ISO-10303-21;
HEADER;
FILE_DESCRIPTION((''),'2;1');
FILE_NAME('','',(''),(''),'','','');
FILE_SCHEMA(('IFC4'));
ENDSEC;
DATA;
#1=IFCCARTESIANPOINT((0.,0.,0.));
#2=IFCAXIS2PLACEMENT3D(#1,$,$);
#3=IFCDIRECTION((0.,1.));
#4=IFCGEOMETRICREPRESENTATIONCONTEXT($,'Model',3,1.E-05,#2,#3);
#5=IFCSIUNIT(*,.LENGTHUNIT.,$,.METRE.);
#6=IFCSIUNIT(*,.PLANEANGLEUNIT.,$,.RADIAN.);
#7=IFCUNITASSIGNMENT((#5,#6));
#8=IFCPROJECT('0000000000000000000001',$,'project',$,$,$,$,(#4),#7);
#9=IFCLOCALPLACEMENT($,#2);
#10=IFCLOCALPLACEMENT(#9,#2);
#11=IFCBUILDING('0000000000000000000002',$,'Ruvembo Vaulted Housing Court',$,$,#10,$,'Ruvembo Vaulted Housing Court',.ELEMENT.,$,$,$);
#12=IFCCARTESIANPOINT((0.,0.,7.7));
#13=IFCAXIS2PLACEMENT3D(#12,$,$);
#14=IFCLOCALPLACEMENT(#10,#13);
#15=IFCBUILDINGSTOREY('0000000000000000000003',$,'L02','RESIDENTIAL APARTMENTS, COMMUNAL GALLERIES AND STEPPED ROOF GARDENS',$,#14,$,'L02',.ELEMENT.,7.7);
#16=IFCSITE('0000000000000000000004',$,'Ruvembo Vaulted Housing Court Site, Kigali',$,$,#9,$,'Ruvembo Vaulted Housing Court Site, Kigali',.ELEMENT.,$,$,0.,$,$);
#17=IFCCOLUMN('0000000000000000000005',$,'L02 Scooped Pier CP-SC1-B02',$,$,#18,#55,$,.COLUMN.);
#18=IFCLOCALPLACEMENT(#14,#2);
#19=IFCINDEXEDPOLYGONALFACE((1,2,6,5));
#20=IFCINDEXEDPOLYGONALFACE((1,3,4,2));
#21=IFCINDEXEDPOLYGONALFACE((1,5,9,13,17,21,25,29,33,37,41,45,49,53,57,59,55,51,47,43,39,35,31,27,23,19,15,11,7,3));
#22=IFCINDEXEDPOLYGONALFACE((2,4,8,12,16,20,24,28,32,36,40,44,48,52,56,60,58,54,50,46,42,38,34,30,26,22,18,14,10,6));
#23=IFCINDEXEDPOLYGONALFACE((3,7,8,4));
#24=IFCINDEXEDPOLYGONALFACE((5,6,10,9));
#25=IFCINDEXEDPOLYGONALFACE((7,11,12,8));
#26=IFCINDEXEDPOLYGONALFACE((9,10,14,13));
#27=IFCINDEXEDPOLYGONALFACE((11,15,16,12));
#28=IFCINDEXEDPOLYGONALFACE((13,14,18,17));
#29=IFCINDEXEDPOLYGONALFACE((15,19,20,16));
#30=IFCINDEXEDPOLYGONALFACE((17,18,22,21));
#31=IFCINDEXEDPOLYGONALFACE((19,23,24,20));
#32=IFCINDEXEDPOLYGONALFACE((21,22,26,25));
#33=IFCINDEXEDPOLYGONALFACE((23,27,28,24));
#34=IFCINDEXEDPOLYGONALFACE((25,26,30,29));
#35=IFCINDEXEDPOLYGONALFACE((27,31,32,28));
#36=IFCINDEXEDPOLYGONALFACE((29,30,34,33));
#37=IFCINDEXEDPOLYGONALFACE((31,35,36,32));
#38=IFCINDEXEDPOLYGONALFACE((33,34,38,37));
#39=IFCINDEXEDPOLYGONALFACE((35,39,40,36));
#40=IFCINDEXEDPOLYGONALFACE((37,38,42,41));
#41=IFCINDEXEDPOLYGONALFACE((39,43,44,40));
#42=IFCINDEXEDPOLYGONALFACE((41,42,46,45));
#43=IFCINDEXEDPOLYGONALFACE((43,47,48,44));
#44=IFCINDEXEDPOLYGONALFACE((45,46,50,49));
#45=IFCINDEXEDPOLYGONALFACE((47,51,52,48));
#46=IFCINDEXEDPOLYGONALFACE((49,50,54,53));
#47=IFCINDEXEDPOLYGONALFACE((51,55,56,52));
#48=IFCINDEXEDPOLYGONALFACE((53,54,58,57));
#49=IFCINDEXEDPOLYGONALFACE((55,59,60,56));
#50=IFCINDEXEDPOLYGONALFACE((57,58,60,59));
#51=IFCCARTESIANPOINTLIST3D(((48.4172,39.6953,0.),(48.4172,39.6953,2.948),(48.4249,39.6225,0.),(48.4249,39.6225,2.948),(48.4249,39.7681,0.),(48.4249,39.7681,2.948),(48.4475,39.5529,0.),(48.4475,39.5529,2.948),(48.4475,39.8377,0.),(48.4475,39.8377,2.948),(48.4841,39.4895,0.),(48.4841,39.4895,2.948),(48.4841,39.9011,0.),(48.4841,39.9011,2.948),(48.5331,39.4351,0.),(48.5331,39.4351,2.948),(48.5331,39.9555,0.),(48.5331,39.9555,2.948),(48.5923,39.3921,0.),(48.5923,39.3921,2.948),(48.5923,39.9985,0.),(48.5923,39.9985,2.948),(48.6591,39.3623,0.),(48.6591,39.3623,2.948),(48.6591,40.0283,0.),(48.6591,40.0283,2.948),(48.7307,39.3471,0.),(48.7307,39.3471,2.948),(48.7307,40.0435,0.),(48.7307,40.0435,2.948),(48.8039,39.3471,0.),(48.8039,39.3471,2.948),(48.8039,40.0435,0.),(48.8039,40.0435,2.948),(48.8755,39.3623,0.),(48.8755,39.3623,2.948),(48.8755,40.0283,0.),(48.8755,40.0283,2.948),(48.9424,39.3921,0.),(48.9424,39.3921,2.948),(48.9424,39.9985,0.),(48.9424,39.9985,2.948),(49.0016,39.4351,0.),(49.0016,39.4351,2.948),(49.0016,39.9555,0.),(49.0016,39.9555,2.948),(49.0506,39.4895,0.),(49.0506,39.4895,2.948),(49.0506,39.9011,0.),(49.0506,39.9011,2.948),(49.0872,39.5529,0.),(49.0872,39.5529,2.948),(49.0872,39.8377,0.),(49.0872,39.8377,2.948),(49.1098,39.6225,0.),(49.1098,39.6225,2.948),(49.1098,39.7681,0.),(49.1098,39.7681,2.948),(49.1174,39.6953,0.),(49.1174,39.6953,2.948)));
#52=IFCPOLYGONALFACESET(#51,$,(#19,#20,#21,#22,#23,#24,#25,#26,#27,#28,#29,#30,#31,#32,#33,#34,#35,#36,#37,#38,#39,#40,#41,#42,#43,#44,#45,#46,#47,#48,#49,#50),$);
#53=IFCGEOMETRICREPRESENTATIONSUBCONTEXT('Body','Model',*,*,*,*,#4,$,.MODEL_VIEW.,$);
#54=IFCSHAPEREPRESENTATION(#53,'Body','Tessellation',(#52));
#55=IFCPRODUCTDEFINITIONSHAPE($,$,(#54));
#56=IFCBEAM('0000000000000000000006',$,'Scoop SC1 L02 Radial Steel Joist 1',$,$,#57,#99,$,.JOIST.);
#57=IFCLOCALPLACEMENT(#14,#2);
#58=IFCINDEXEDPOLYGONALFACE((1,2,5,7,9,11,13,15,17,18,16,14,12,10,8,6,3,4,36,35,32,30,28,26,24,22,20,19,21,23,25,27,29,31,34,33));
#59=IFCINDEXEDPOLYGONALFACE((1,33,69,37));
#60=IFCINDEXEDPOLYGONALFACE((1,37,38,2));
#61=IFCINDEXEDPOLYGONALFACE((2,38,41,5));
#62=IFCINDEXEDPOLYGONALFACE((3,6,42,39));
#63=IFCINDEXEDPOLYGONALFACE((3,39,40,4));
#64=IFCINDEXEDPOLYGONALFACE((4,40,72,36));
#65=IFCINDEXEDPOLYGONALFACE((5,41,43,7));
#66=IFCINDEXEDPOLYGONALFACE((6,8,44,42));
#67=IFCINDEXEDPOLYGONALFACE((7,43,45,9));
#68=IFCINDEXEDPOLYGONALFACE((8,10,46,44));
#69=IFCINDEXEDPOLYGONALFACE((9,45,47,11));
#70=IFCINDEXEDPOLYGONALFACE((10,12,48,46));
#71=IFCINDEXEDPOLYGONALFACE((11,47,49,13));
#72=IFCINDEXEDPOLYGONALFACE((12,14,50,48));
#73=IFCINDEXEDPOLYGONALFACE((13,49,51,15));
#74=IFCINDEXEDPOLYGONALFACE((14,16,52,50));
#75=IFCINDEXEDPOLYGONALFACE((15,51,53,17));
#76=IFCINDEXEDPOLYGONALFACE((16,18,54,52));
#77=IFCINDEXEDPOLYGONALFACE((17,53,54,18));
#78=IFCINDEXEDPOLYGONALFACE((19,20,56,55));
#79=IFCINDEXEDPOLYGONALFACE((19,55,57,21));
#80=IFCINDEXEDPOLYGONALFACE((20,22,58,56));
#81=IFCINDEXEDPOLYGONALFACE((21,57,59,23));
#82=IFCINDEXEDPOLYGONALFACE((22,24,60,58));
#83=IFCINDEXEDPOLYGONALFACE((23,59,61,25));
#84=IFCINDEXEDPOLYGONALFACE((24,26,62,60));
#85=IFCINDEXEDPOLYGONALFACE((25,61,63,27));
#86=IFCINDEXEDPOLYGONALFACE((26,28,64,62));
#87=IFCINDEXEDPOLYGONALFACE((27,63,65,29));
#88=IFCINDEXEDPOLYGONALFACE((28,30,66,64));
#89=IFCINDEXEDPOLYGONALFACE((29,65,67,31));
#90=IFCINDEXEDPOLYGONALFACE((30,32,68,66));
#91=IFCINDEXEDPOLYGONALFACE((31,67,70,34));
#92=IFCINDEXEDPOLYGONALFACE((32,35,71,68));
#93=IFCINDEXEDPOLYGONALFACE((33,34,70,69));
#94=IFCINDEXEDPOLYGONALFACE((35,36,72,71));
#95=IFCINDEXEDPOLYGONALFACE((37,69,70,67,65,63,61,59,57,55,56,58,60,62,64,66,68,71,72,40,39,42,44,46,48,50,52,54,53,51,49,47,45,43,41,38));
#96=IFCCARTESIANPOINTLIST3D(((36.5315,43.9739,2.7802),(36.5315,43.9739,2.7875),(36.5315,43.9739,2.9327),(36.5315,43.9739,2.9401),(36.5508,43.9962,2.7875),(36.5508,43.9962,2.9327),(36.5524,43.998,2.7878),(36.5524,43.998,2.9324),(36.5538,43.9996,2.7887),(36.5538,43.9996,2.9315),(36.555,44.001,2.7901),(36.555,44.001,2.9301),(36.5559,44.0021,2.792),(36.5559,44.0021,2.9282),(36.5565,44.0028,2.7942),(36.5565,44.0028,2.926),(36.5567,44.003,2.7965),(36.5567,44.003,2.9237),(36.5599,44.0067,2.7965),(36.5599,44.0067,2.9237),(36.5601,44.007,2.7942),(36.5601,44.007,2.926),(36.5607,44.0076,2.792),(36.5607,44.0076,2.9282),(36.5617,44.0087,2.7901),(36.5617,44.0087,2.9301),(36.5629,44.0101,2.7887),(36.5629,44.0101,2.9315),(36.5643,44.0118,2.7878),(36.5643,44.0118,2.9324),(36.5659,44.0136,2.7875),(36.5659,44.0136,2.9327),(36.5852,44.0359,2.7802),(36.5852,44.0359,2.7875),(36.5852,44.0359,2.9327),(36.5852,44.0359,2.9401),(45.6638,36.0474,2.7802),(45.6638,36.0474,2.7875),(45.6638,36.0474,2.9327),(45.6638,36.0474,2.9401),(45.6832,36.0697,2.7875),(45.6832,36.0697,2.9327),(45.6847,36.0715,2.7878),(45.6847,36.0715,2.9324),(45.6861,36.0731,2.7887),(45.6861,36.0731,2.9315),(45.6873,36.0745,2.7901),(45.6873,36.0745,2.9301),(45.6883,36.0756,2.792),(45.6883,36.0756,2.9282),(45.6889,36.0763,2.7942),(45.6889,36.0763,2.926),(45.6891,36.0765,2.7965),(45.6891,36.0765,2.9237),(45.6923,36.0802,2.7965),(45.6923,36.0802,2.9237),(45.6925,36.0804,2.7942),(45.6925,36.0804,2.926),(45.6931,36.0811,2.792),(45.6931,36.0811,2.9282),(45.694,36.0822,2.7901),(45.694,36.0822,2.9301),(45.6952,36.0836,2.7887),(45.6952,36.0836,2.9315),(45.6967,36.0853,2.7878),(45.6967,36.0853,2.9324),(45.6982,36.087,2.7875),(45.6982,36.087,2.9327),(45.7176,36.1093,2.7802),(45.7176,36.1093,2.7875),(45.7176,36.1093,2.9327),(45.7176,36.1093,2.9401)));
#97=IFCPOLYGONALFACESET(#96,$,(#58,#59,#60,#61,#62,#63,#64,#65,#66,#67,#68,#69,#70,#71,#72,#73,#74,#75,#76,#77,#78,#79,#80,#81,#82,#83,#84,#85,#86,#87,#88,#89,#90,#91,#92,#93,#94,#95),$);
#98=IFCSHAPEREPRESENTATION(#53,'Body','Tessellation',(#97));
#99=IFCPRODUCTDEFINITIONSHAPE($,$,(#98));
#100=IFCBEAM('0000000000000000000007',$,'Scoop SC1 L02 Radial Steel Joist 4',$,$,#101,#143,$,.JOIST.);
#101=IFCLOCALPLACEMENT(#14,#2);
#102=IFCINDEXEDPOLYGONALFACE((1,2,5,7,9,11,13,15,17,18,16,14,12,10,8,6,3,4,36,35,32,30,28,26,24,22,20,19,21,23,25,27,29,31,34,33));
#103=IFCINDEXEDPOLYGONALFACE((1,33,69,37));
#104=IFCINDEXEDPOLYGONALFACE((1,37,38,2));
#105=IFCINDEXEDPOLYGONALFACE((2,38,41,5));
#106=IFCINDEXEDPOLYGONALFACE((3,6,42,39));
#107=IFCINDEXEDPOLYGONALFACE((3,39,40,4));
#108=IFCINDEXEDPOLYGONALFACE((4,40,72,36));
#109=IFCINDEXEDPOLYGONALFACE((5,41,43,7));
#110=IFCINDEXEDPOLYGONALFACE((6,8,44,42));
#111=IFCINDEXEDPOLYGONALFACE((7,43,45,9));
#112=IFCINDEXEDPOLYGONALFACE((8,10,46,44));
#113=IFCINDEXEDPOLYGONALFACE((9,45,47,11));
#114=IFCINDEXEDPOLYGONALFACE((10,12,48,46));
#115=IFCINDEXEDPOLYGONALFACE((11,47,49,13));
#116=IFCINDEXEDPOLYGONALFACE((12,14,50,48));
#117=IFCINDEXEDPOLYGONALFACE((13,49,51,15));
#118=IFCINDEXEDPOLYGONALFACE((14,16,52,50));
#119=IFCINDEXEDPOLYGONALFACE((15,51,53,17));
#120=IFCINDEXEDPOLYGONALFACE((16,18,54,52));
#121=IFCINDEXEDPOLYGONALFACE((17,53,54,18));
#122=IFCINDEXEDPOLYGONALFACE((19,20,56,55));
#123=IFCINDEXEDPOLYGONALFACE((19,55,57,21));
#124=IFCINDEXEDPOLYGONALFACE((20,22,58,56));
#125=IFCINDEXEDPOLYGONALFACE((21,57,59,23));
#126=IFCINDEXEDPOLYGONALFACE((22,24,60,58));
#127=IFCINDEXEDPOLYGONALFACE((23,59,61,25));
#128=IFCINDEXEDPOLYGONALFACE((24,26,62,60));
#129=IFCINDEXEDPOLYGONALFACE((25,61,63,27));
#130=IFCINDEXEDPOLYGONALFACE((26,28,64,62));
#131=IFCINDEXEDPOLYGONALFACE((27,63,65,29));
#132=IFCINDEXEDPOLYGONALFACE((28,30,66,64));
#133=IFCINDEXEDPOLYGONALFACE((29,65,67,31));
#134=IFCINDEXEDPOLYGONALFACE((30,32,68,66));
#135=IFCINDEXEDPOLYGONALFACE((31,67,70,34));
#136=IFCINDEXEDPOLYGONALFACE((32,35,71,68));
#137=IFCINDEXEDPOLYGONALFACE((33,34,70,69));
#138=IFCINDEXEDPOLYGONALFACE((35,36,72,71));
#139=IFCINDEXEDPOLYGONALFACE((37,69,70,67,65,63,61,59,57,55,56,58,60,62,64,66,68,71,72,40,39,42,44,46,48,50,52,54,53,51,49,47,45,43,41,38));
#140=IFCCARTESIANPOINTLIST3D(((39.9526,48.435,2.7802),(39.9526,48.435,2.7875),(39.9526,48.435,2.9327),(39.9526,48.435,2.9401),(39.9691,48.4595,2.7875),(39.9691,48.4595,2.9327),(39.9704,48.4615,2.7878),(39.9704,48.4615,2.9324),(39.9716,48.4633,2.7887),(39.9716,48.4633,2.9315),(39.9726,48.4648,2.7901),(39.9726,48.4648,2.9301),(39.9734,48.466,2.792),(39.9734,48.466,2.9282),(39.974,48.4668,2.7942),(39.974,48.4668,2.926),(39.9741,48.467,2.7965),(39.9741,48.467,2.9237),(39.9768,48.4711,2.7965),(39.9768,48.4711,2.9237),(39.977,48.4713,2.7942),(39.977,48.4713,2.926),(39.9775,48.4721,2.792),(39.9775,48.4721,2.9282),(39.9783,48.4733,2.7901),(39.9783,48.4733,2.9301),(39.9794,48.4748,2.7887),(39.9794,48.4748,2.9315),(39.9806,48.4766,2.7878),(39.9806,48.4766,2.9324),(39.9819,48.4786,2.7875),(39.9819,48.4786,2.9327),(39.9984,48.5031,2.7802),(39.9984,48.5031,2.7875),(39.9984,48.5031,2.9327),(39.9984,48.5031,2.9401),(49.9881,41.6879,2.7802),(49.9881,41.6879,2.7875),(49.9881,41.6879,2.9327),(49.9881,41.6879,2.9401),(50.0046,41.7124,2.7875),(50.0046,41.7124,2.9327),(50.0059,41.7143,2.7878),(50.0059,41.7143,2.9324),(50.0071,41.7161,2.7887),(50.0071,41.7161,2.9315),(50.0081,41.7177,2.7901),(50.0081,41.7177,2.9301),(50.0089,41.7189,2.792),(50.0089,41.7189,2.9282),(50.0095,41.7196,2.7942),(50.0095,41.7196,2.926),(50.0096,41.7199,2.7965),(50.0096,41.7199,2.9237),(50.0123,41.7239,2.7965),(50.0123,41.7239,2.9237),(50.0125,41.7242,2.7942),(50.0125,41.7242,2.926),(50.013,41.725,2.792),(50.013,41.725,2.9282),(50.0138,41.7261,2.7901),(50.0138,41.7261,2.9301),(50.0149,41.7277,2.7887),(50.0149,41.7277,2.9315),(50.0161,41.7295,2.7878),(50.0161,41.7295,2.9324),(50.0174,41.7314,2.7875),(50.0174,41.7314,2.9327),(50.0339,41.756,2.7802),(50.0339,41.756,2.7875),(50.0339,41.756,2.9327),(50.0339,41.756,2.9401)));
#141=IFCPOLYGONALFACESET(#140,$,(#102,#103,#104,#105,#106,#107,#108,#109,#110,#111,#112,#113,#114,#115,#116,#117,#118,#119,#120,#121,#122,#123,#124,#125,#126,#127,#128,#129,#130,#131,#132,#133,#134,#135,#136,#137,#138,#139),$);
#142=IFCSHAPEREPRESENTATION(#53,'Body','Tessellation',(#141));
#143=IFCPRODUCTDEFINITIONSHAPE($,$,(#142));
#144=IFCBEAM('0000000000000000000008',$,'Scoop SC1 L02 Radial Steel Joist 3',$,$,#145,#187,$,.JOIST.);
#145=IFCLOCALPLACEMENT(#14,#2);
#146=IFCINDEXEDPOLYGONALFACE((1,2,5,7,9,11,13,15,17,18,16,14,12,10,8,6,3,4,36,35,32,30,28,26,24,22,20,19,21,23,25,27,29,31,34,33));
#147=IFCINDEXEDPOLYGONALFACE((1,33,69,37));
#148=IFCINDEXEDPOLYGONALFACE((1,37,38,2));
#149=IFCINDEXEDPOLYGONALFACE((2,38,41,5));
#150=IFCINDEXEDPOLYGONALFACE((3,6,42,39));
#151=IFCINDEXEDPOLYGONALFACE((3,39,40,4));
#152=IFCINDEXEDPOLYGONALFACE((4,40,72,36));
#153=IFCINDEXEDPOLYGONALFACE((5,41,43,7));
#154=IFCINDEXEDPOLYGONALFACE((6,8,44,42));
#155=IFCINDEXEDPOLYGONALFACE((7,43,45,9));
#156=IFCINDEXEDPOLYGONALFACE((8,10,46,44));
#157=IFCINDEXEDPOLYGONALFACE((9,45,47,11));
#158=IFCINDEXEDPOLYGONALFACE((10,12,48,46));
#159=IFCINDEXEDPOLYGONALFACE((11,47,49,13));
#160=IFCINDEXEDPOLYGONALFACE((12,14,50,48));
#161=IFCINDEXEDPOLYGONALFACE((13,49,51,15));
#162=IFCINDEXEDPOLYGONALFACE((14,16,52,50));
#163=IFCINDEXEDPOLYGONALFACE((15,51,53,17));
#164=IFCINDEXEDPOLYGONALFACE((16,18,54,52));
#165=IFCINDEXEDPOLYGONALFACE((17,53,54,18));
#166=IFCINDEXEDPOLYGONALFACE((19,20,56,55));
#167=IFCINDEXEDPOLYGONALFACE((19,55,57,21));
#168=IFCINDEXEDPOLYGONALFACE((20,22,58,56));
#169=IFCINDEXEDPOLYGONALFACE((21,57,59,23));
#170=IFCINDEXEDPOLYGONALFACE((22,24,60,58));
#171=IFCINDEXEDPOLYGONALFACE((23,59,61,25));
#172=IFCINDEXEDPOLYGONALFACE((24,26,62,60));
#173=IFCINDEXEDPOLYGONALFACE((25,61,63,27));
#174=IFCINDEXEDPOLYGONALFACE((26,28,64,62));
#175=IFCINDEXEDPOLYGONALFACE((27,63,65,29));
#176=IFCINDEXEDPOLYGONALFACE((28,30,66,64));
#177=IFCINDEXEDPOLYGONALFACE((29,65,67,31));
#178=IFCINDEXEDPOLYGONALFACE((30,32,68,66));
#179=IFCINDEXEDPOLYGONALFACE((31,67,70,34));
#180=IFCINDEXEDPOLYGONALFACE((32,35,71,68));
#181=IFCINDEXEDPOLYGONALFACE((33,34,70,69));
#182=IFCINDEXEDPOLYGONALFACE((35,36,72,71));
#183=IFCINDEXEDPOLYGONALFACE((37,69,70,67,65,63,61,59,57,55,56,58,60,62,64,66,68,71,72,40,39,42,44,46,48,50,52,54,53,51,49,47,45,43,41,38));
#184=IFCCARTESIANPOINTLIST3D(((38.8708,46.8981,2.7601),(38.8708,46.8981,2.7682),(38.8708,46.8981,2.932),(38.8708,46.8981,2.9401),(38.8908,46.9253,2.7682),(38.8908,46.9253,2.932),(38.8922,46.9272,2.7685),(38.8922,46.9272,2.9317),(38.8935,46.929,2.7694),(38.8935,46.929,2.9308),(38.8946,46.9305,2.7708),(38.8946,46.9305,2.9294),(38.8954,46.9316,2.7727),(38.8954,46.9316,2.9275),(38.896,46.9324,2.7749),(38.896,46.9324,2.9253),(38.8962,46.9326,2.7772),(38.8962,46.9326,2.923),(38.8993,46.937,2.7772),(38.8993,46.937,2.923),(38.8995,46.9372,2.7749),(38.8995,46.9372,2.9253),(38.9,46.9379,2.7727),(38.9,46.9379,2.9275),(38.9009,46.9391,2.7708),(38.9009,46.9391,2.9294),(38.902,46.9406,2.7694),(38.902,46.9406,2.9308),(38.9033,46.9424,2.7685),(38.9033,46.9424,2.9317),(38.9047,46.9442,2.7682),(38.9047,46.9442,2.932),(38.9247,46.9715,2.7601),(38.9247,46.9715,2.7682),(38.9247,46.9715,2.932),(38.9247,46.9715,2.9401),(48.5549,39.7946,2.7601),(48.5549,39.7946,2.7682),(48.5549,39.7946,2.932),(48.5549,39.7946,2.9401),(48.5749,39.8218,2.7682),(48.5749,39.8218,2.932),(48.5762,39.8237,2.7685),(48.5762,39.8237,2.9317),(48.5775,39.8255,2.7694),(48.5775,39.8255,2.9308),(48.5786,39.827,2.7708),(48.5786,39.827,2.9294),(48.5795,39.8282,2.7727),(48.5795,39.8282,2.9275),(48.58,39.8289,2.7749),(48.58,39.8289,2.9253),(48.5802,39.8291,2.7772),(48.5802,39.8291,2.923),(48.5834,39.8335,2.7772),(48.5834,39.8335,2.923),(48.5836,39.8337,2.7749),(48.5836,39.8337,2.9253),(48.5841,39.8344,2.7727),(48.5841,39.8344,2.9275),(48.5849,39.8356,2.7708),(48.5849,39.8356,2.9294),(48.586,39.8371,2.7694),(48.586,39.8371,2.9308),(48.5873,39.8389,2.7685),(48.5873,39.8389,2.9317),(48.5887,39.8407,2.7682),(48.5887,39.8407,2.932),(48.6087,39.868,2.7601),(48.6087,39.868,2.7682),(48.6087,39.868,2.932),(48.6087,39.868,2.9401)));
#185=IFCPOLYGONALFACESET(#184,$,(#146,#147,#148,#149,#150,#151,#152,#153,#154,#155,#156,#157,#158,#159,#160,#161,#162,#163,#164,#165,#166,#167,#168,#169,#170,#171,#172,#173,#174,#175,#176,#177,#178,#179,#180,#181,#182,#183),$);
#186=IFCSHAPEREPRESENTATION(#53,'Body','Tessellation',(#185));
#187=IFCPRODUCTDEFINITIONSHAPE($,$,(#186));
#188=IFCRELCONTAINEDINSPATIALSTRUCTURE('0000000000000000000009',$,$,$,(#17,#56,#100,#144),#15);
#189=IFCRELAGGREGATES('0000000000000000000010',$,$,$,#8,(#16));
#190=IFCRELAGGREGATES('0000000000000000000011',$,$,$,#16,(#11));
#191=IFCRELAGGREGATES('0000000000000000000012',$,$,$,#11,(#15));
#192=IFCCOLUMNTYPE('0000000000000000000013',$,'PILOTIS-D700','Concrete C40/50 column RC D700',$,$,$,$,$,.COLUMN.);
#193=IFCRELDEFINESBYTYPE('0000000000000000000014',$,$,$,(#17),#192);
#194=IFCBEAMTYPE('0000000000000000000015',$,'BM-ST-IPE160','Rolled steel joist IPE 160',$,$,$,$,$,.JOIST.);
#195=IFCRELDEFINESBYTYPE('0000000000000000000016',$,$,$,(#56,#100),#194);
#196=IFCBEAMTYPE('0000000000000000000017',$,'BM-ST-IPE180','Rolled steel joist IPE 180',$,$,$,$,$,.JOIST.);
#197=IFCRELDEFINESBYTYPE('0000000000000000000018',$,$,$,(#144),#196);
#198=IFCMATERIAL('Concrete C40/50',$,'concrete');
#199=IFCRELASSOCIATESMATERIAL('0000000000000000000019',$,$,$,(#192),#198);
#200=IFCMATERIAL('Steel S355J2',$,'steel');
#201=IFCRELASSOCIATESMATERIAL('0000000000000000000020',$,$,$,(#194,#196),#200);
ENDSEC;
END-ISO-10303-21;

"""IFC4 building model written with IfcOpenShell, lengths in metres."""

from ifc_helpers import new_model, si_unit, direction, frame, origin, origin_2d, place, context, subcontext, project, spatial, circle, i_section, extrude, material, material_profile, profile_set, type_object, element, save


model = new_model("IFC4")

# Units and contexts
model_context = context("Model", 3, precision=1e-05, world=origin(), true_north=direction((0.0, 1.0)))
body_context = subcontext(model_context, "Body", "Model", "MODEL_VIEW")
ifc_project = project(units=[si_unit("LENGTHUNIT", "METRE"), si_unit("PLANEANGLEUNIT", "RADIAN")], contexts=[model_context])

# Site, building, storey
site_placement = place(None, origin())
site = spatial("IfcSite", under=ifc_project, at=site_placement, Name="Ruvembo Vaulted Housing Court Site, Kigali", LongName="Ruvembo Vaulted Housing Court Site, Kigali", CompositionType="ELEMENT", RefElevation=0.0)
building_placement = place(site_placement, origin())
building = spatial("IfcBuilding", under=site, at=building_placement, Name="Ruvembo Vaulted Housing Court", LongName="Ruvembo Vaulted Housing Court", CompositionType="ELEMENT")
storey_placement = place(building_placement, frame((0.0, 0.0, 7.7)))
storey = spatial("IfcBuildingStorey", under=building, at=storey_placement, Name="L02", Description="RESIDENTIAL APARTMENTS, COMMUNAL GALLERIES AND STEPPED ROOF GARDENS", LongName="L02", CompositionType="ELEMENT", Elevation=7.7)

# Column
ifc_material_1 = material(Name="Concrete C40/50", Category="concrete")
ifc_material_profile_1 = material_profile(ifc_material_1, circle(Radius=0.3501, at=origin_2d()), Name="RC D700")
ifc_profile_set_1 = profile_set([ifc_material_profile_1], Name="Concrete C40/50")
column_type = type_object("IfcColumnType", Name="PILOTIS-D700", Description="Concrete C40/50 column RC D700", PredefinedType="COLUMN", material=ifc_profile_set_1)
column_placement = place(storey_placement, frame((48.7673, 39.6953, 0.0), z_axis=(0.0, 0.0, 1.0), x_axis=(1.0, 0.0, 0.0)))
element("IfcColumn", 1, at=column_placement, inside=storey, type_object=column_type, Name="L02 Scooped Pier CP-SC1-B02", PredefinedType="COLUMN", context=body_context, shape_type="SweptSolid", body=[
    extrude(circle(Radius=0.3501, at=origin_2d()), origin(), (0.0, 0.0, 1.0), 2.948),
])

# Beams
ifc_material_2 = material(Name="Steel S355J2", Category="steel")
ifc_material_profile_2 = material_profile(ifc_material_2, i_section(OverallWidth=0.082, OverallDepth=0.1599, WebThickness=0.0049, FlangeThickness=0.0073, FilletRadius=0.009, at=origin_2d()), Name="IPE 160")
ifc_profile_set_2 = profile_set([ifc_material_profile_2], Name="Steel S355J2")
beam_type_1 = type_object("IfcBeamType", Name="BM-ST-IPE160", Description="Rolled steel joist IPE 160", PredefinedType="JOIST", material=ifc_profile_set_2)
beam_1_placement = place(storey_placement, frame((45.6907, 36.0784, 2.8601), z_axis=(-0.755205, 0.655489, 0.0), x_axis=(-0.655489, -0.755205, 0.0)))
element("IfcBeam", 2, at=beam_1_placement, inside=storey, type_object=beam_type_1, Name="Scoop SC1 L02 Radial Steel Joist 1", PredefinedType="JOIST", context=body_context, shape_type="SweptSolid", body=[
    extrude(i_section(OverallWidth=0.082, OverallDepth=0.1599, WebThickness=0.0049, FlangeThickness=0.0073, FilletRadius=0.009, at=origin_2d()), origin(), (0.0, 0.0, 1.0), 12.0925),
])
beam_2_placement = place(storey_placement, frame((50.011, 41.7219, 2.8601), z_axis=(-0.829876, 0.557948, 0.0), x_axis=(-0.557948, -0.829876, 0.0)))
element("IfcBeam", 3, at=beam_2_placement, inside=storey, type_object=beam_type_1, Name="Scoop SC1 L02 Radial Steel Joist 4", PredefinedType="JOIST", context=body_context, shape_type="SweptSolid", body=[
    extrude(i_section(OverallWidth=0.082, OverallDepth=0.1599, WebThickness=0.0049, FlangeThickness=0.0073, FilletRadius=0.009, at=origin_2d()), origin(), (0.0, 0.0, 1.0), 12.0928),
])
ifc_material_profile_3 = material_profile(ifc_material_2, i_section(OverallWidth=0.0911, OverallDepth=0.1799, WebThickness=0.0054, FlangeThickness=0.0081, FilletRadius=0.009, at=origin_2d()), Name="IPE 180")
ifc_profile_set_3 = profile_set([ifc_material_profile_3], Name="Steel S355J2")
beam_type_2 = type_object("IfcBeamType", Name="BM-ST-IPE180", Description="Rolled steel joist IPE 180", PredefinedType="JOIST", material=ifc_profile_set_3)
beam_3_placement = place(storey_placement, frame((48.5818, 39.8313, 2.8501), z_axis=(-0.806331, 0.591464, 0.0), x_axis=(-0.591464, -0.806331, 0.0)))
element("IfcBeam", 4, at=beam_3_placement, inside=storey, type_object=beam_type_2, Name="Scoop SC1 L02 Radial Steel Joist 3", PredefinedType="JOIST", context=body_context, shape_type="SweptSolid", body=[
    extrude(i_section(OverallWidth=0.0911, OverallDepth=0.1799, WebThickness=0.0054, FlangeThickness=0.0081, FilletRadius=0.009, at=origin_2d()), origin(), (0.0, 0.0, 1.0), 12.01),
])

save(model, "model.ifc")
